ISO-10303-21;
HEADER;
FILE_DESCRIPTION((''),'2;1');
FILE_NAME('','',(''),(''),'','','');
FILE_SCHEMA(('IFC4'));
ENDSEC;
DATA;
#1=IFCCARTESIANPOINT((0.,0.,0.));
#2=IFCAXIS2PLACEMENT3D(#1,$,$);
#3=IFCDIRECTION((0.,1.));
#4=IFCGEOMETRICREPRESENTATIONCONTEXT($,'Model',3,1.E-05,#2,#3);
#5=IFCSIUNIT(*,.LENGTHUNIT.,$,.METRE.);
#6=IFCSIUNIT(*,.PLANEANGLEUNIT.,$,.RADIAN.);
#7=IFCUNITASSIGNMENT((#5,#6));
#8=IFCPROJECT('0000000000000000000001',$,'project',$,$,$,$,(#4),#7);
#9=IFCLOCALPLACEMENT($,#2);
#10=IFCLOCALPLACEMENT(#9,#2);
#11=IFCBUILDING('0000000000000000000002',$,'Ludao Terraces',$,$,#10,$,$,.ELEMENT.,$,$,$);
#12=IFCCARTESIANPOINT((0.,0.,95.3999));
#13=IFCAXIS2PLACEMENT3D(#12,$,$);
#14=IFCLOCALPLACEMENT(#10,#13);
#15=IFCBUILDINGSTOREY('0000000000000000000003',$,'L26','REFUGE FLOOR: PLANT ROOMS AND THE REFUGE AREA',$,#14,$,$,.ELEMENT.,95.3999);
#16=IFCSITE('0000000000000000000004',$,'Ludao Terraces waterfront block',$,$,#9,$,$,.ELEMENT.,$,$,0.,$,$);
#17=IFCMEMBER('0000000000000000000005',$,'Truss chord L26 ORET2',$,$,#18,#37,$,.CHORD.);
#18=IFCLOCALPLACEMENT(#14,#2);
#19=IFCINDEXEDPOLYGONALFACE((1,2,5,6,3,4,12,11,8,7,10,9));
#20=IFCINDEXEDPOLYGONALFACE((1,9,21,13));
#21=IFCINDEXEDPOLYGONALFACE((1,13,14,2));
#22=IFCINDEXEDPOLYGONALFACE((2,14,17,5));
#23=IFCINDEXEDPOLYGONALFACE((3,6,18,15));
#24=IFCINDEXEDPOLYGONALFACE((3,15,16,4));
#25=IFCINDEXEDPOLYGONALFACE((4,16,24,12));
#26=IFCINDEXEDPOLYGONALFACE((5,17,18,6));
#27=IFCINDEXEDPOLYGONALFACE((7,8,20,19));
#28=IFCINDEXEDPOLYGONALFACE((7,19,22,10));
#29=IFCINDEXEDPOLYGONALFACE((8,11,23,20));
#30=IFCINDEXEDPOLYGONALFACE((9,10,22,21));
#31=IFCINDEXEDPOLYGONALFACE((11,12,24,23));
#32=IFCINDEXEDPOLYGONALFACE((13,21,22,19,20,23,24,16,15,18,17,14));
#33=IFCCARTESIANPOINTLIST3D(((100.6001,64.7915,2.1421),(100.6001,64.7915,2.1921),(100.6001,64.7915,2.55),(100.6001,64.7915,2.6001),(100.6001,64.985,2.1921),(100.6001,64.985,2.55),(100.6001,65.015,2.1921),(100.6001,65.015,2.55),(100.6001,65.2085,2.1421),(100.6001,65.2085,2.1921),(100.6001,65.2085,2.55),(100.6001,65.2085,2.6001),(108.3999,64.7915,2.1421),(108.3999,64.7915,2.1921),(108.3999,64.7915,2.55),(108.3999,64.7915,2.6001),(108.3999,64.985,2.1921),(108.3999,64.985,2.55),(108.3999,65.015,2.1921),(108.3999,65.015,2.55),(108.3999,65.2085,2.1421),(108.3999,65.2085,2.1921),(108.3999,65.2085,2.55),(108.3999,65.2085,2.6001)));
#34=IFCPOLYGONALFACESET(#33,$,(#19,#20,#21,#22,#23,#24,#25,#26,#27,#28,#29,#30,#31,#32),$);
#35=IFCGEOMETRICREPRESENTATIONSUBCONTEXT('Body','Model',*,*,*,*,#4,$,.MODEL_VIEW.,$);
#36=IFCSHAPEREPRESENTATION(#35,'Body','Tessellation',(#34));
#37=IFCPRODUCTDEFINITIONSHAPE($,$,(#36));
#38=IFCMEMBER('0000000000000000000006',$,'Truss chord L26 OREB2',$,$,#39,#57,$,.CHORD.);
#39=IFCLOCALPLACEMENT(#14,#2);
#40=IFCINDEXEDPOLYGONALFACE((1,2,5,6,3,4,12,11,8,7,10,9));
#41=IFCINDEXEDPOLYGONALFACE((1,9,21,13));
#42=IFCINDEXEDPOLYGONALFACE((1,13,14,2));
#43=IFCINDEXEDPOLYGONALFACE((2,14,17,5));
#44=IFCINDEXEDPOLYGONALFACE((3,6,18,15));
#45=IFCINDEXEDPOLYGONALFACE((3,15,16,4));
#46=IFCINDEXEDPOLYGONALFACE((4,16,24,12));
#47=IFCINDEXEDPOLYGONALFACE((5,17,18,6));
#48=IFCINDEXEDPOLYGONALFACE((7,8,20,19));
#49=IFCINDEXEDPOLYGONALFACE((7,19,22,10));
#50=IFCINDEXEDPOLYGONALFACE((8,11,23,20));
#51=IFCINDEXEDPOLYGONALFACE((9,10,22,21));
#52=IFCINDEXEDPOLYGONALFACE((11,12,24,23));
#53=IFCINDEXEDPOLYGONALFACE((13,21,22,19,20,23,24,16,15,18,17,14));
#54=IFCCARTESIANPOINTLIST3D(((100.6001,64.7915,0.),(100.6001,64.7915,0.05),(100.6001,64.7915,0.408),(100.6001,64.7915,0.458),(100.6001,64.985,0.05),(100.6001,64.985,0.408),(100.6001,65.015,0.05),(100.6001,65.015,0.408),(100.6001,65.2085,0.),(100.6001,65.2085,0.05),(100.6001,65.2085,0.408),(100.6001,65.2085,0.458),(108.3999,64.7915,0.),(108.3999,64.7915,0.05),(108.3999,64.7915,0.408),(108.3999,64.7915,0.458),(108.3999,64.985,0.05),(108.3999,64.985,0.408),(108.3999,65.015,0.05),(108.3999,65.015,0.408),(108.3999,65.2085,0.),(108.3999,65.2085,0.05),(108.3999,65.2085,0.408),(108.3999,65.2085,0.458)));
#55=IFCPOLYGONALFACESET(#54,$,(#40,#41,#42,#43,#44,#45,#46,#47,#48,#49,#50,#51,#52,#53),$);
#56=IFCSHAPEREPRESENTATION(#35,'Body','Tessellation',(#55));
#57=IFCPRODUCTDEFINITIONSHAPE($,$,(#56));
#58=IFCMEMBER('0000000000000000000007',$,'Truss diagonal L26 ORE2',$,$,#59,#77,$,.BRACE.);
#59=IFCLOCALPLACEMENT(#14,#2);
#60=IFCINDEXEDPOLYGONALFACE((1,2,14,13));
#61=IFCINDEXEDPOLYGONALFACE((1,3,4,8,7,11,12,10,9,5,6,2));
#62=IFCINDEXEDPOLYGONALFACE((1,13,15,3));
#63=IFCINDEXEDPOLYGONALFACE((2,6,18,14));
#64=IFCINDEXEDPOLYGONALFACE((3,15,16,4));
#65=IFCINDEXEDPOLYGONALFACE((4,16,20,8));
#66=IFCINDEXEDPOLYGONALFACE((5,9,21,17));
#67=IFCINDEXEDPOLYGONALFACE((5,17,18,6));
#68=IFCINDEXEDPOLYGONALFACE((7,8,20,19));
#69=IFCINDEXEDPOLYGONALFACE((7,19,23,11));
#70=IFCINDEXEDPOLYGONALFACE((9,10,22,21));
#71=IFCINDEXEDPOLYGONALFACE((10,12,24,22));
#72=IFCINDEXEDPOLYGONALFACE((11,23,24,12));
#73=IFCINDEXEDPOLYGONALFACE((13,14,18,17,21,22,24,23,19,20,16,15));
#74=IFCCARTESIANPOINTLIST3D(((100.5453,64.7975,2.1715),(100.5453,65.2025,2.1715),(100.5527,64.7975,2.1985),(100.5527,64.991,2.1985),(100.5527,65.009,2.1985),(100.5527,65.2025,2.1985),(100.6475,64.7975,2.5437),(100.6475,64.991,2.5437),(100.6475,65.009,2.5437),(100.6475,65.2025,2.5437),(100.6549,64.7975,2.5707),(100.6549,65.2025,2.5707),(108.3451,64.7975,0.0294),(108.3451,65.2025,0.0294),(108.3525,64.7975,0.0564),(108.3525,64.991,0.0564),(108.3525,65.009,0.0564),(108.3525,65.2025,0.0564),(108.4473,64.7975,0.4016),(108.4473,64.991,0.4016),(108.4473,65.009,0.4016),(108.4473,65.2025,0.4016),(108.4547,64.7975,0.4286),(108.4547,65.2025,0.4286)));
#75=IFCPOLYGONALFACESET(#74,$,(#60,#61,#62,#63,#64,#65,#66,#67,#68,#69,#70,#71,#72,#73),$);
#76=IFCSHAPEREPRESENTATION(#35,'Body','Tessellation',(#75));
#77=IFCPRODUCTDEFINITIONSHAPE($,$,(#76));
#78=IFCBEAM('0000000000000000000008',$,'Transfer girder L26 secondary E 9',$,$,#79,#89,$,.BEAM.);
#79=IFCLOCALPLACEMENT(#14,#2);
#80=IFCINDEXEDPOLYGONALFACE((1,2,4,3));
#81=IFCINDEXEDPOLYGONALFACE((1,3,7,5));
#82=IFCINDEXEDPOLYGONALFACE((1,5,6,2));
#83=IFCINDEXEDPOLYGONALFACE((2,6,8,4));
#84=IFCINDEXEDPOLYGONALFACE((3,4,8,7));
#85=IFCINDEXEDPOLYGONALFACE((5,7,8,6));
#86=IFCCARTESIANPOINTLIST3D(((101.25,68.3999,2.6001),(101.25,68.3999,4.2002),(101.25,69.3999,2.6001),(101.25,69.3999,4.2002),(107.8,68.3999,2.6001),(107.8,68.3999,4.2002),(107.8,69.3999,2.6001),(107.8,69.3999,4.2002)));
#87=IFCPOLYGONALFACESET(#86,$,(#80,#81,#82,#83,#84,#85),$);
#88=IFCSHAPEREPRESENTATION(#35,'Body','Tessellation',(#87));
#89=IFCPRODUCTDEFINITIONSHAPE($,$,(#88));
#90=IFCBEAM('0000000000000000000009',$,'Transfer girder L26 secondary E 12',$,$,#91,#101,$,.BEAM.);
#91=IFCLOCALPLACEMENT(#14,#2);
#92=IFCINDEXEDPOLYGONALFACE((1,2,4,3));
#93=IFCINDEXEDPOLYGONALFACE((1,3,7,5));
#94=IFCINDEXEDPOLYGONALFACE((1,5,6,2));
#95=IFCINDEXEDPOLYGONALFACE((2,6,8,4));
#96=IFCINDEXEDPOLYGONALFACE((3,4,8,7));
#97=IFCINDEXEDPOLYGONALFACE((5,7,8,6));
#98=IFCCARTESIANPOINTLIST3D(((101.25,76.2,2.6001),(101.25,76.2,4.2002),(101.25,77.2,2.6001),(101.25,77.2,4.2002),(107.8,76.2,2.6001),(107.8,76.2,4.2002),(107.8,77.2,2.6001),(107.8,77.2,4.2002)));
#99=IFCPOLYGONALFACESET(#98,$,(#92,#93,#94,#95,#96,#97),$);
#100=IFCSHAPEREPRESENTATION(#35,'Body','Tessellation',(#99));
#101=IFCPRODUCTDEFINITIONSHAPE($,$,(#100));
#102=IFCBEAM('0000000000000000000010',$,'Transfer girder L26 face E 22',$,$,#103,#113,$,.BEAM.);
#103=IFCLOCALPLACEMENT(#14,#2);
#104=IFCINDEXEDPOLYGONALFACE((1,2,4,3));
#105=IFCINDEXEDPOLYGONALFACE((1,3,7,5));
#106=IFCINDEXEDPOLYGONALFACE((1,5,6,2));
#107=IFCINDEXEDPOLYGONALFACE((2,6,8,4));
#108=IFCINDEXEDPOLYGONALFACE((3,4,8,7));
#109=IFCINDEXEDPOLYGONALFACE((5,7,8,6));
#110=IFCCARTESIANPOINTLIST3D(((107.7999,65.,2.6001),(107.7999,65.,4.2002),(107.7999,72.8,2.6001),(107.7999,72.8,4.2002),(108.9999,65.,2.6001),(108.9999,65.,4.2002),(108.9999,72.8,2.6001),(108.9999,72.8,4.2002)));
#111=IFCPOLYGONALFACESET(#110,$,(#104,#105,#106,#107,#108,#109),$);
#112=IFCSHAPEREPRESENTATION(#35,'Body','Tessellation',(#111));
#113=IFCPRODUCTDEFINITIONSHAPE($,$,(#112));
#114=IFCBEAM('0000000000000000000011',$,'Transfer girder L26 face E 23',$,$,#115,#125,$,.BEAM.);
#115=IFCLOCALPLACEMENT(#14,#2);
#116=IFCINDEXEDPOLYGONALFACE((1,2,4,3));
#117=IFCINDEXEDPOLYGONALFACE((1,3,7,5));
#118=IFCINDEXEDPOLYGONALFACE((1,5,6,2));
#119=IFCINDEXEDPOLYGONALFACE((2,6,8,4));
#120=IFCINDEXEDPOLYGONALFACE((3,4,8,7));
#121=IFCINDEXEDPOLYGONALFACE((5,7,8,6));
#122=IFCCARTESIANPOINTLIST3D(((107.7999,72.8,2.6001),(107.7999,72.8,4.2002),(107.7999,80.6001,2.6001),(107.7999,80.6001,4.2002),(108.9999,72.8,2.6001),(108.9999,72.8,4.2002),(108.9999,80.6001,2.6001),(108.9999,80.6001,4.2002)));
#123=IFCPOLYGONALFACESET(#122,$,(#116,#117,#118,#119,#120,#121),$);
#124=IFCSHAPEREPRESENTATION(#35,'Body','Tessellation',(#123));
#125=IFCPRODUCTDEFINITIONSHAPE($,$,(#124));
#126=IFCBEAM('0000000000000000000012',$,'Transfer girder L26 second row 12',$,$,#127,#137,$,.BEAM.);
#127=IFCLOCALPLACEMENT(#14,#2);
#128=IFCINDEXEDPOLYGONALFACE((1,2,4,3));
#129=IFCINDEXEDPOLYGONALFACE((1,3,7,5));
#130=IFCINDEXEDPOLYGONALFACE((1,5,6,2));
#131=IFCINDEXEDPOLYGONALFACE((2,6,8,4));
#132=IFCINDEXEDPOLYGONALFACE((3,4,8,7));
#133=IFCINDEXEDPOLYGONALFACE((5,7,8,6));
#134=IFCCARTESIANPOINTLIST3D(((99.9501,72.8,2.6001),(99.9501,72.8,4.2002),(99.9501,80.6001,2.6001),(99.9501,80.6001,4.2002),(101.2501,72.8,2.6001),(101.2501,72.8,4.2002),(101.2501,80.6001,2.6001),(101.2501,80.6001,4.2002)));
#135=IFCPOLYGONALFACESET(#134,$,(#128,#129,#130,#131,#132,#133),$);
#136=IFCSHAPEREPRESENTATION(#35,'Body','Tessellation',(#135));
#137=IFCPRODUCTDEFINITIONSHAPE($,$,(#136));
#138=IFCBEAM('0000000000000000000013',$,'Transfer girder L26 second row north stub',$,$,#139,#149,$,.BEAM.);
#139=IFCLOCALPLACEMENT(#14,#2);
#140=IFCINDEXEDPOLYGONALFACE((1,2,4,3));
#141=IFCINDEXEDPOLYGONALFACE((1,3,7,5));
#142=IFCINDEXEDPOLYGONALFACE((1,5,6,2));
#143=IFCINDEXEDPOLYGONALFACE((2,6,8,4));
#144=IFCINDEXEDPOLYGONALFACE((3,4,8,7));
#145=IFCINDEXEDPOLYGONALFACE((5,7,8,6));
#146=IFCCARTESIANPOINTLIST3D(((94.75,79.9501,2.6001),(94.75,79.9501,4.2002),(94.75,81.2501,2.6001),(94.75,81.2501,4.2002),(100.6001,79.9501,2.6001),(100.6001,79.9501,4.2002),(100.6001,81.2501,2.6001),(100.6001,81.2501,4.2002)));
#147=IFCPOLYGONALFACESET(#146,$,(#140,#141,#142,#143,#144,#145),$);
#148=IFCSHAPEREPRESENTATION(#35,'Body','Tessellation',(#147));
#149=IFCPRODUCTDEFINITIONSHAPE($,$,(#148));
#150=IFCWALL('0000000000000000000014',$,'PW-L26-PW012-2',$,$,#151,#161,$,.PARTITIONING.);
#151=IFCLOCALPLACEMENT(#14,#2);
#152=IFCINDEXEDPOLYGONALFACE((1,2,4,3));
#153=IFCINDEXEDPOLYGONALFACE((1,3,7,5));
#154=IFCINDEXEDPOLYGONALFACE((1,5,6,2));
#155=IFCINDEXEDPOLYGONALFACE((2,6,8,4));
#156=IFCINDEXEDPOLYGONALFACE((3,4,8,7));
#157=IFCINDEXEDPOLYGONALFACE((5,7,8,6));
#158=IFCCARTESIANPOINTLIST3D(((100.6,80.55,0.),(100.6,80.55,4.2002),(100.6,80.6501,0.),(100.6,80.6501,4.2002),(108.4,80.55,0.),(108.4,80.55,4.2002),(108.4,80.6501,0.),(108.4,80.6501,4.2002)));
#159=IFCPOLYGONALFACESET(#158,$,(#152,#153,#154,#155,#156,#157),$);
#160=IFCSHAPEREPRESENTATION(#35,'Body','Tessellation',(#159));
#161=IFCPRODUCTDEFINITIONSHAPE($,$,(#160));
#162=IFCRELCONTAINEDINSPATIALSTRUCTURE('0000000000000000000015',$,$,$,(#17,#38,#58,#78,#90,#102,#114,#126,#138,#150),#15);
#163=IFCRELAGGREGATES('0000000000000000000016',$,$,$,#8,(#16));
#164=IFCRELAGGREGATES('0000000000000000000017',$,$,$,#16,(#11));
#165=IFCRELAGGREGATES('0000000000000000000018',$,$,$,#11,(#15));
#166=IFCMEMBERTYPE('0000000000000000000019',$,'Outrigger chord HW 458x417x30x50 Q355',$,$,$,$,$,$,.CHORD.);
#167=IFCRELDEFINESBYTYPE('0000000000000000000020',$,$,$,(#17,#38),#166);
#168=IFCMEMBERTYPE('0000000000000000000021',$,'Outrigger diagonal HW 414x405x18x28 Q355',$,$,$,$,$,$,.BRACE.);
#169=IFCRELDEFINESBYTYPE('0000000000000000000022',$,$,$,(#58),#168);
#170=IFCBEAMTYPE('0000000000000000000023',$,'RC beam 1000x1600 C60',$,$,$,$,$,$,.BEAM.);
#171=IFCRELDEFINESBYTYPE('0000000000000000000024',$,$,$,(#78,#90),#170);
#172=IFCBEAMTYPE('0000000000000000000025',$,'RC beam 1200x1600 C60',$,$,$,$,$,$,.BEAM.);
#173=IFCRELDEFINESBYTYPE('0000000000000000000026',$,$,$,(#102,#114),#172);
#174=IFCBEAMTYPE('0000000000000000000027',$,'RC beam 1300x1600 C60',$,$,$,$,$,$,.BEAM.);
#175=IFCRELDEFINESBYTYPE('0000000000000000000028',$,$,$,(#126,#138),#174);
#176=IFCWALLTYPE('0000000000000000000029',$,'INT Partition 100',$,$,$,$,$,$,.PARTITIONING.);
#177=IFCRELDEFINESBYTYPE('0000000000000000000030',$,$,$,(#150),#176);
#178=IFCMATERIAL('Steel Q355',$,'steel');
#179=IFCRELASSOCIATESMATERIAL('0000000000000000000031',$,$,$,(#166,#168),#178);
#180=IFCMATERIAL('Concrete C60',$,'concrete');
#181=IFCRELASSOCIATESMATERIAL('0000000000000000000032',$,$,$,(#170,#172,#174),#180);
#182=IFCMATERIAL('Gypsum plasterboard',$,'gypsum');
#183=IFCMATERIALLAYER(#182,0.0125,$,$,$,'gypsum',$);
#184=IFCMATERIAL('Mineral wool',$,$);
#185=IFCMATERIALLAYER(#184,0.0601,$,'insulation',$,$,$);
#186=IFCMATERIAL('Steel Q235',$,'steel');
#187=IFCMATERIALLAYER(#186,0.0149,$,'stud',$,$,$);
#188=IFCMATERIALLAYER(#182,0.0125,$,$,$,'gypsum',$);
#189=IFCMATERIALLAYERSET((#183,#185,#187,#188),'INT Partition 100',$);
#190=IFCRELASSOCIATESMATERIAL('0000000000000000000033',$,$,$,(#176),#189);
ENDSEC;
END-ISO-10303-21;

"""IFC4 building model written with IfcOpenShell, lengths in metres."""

from ifc_helpers import new_model, si_unit, direction, frame, frame_2d, origin, origin_2d, place, context, subcontext, project, spatial, rectangle, i_section, extrude, material, layer, layer_set, material_profile, profile_set, type_object, element, save


model = new_model("IFC4")

# Units and contexts
model_context = context("Model", 3, precision=1e-05, world=origin(), true_north=direction((0.0, 1.0)))
body_context = subcontext(model_context, "Body", "Model", "MODEL_VIEW")
ifc_project = project(units=[si_unit("LENGTHUNIT", "METRE"), si_unit("PLANEANGLEUNIT", "RADIAN")], contexts=[model_context])

# Site, building, storey
site_placement = place(None, origin())
site = spatial("IfcSite", under=ifc_project, at=site_placement, Name="Ludao Terraces waterfront block", CompositionType="ELEMENT", RefElevation=0.0)
building_placement = place(site_placement, origin())
building = spatial("IfcBuilding", under=site, at=building_placement, Name="Ludao Terraces", CompositionType="ELEMENT")
storey_placement = place(building_placement, frame((0.0, 0.0, 95.3999)))
storey = spatial("IfcBuildingStorey", under=building, at=storey_placement, Name="L26", Description="REFUGE FLOOR: PLANT ROOMS AND THE REFUGE AREA", CompositionType="ELEMENT", Elevation=95.3999)

# Members
ifc_material_1 = material(Name="Steel Q355", Category="steel")
ifc_material_profile_1 = material_profile(ifc_material_1, i_section(OverallWidth=0.417, OverallDepth=0.458, WebThickness=0.03, FlangeThickness=0.05, at=origin_2d()), Name="HW 458X417X30X50")
ifc_profile_set_1 = profile_set([ifc_material_profile_1], Name="Steel Q355")
member_type_1 = type_object("IfcMemberType", Name="Outrigger chord HW 458x417x30x50 Q355", PredefinedType="CHORD", material=ifc_profile_set_1)
for number, where, z_axis, x_axis, name in (
    (1, (100.6001, 65.0, 2.3711), (1.0, 0.0, 0.0), (0.0, 1.0, 0.0), "Truss chord L26 ORET2"),
    (2, (100.6001, 65.0, 0.229), (1.0, 0.0, 0.0), (0.0, 1.0, 0.0), "Truss chord L26 OREB2"),
):
    element("IfcMember", number, at=place(storey_placement, frame(where, z_axis=z_axis, x_axis=x_axis)), inside=storey, type_object=member_type_1, Name=name, PredefinedType="CHORD", context=body_context, shape_type="SweptSolid", body=[
        extrude(i_section(OverallWidth=0.417, OverallDepth=0.458, WebThickness=0.03, FlangeThickness=0.05, at=origin_2d()), origin(), (0.0, 0.0, 1.0), 7.7998),
    ])
ifc_material_profile_2 = material_profile(ifc_material_1, i_section(OverallWidth=0.405, OverallDepth=0.4141, WebThickness=0.0181, FlangeThickness=0.0281, at=origin_2d()), Name="HW 414X405X18X28")
ifc_profile_set_2 = profile_set([ifc_material_profile_2], Name="Steel Q355")
member_type_2 = type_object("IfcMemberType", Name="Outrigger diagonal HW 414x405x18x28 Q355", PredefinedType="BRACE", material=ifc_profile_set_2)
member_placement = place(storey_placement, frame((100.6001, 65.0, 2.3711), z_axis=(0.964296, 0.0, -0.264828), x_axis=(0.0, 1.0, 0.0)))
element("IfcMember", 3, at=member_placement, inside=storey, type_object=member_type_2, Name="Truss diagonal L26 ORE2", PredefinedType="BRACE", context=body_context, shape_type="SweptSolid", body=[
    extrude(i_section(OverallWidth=0.405, OverallDepth=0.4141, WebThickness=0.0181, FlangeThickness=0.0281, at=origin_2d()), origin(), (0.0, 0.0, 1.0), 8.0886),
])

# Beams
ifc_material_2 = material(Name="Concrete C60", Category="concrete")
ifc_material_profile_3 = material_profile(ifc_material_2, rectangle(XDim=1.0, YDim=1.6001, at=origin_2d()), Name="1000 X 1600")
ifc_profile_set_3 = profile_set([ifc_material_profile_3], Name="Concrete C60")
beam_type_1 = type_object("IfcBeamType", Name="RC beam 1000x1600 C60", PredefinedType="BEAM", material=ifc_profile_set_3)
for number, where, z_axis, x_axis, name in (
    (4, (107.8, 68.8999, 3.4001), (-1.0, 0.0, 0.0), (0.0, -1.0, 0.0), "Transfer girder L26 secondary E 9"),
    (5, (107.8, 76.7, 3.4001), (-1.0, 0.0, 0.0), (0.0, -1.0, 0.0), "Transfer girder L26 secondary E 12"),
):
    element("IfcBeam", number, at=place(storey_placement, frame(where, z_axis=z_axis, x_axis=x_axis)), inside=storey, type_object=beam_type_1, Name=name, PredefinedType="BEAM", context=body_context, shape_type="SweptSolid", body=[
        extrude(rectangle(XDim=1.0, YDim=1.6001, at=origin_2d()), origin(), (0.0, 0.0, 1.0), 6.55),
    ])
ifc_material_profile_4 = material_profile(ifc_material_2, rectangle(XDim=1.2, YDim=1.6001, at=origin_2d()), Name="1200 X 1600")
ifc_profile_set_4 = profile_set([ifc_material_profile_4], Name="Concrete C60")
beam_type_2 = type_object("IfcBeamType", Name="RC beam 1200x1600 C60", PredefinedType="BEAM", material=ifc_profile_set_4)
for number, where, z_axis, x_axis, name in (
    (6, (108.3999, 65.0, 3.4001), (0.0, 1.0, 0.0), (-1.0, 0.0, 0.0), "Transfer girder L26 face E 22"),
    (7, (108.3999, 72.8, 3.4001), (0.0, 1.0, 0.0), (-1.0, 0.0, 0.0), "Transfer girder L26 face E 23"),
):
    element("IfcBeam", number, at=place(storey_placement, frame(where, z_axis=z_axis, x_axis=x_axis)), inside=storey, type_object=beam_type_2, Name=name, PredefinedType="BEAM", context=body_context, shape_type="SweptSolid", body=[
        extrude(rectangle(XDim=1.2, YDim=1.6001, at=origin_2d()), origin(), (0.0, 0.0, 1.0), 7.8),
    ])
ifc_material_profile_5 = material_profile(ifc_material_2, rectangle(XDim=1.3, YDim=1.6001, at=origin_2d()), Name="1300 X 1600")
ifc_profile_set_5 = profile_set([ifc_material_profile_5], Name="Concrete C60")
beam_type_3 = type_object("IfcBeamType", Name="RC beam 1300x1600 C60", PredefinedType="BEAM", material=ifc_profile_set_5)
beam_1_placement = place(storey_placement, frame((100.6001, 72.8, 3.4001), z_axis=(0.0, 1.0, 0.0), x_axis=(-1.0, 0.0, 0.0)))
element("IfcBeam", 8, at=beam_1_placement, inside=storey, type_object=beam_type_3, Name="Transfer girder L26 second row 12", PredefinedType="BEAM", context=body_context, shape_type="SweptSolid", body=[
    extrude(rectangle(XDim=1.3, YDim=1.6001, at=origin_2d()), origin(), (0.0, 0.0, 1.0), 7.8),
])
beam_2_placement = place(storey_placement, frame((100.6001, 80.6001, 3.4001), z_axis=(-1.0, 0.0, 0.0), x_axis=(0.0, -1.0, 0.0)))
element("IfcBeam", 9, at=beam_2_placement, inside=storey, type_object=beam_type_3, Name="Transfer girder L26 second row north stub", PredefinedType="BEAM", context=body_context, shape_type="SweptSolid", body=[
    extrude(rectangle(XDim=1.3, YDim=1.6001, at=origin_2d()), origin(), (0.0, 0.0, 1.0), 5.8501),
])

# Wall
ifc_material_3 = material(Name="Gypsum plasterboard", Category="gypsum")
ifc_layer_1 = layer(ifc_material_3, 0.0125, Category="gypsum")
ifc_material_4 = material(Name="Mineral wool")
ifc_layer_2 = layer(ifc_material_4, 0.0601, Name="insulation")
ifc_material_5 = material(Name="Steel Q235", Category="steel")
ifc_layer_3 = layer(ifc_material_5, 0.0149, Name="stud")
ifc_layer_4 = layer(ifc_material_3, 0.0125, Category="gypsum")
ifc_layer_set = layer_set([ifc_layer_1, ifc_layer_2, ifc_layer_3, ifc_layer_4], Name="INT Partition 100")
wall_type = type_object("IfcWallType", Name="INT Partition 100", PredefinedType="PARTITIONING", material=ifc_layer_set)
wall_placement = place(storey_placement, frame((100.6001, 80.6001, 0.0), z_axis=(0.0, 0.0, 1.0), x_axis=(1.0, 0.0, 0.0)))
element("IfcWall", 10, at=wall_placement, inside=storey, type_object=wall_type, Name="PW-L26-PW012-2", PredefinedType="PARTITIONING", context=body_context, shape_type="SweptSolid", body=[
    extrude(rectangle(XDim=7.8, YDim=0.1001, at=frame_2d((3.8999, 0.0))), origin(), (0.0, 0.0, 1.0), 4.2002),
])

save(model, "model.ifc")
